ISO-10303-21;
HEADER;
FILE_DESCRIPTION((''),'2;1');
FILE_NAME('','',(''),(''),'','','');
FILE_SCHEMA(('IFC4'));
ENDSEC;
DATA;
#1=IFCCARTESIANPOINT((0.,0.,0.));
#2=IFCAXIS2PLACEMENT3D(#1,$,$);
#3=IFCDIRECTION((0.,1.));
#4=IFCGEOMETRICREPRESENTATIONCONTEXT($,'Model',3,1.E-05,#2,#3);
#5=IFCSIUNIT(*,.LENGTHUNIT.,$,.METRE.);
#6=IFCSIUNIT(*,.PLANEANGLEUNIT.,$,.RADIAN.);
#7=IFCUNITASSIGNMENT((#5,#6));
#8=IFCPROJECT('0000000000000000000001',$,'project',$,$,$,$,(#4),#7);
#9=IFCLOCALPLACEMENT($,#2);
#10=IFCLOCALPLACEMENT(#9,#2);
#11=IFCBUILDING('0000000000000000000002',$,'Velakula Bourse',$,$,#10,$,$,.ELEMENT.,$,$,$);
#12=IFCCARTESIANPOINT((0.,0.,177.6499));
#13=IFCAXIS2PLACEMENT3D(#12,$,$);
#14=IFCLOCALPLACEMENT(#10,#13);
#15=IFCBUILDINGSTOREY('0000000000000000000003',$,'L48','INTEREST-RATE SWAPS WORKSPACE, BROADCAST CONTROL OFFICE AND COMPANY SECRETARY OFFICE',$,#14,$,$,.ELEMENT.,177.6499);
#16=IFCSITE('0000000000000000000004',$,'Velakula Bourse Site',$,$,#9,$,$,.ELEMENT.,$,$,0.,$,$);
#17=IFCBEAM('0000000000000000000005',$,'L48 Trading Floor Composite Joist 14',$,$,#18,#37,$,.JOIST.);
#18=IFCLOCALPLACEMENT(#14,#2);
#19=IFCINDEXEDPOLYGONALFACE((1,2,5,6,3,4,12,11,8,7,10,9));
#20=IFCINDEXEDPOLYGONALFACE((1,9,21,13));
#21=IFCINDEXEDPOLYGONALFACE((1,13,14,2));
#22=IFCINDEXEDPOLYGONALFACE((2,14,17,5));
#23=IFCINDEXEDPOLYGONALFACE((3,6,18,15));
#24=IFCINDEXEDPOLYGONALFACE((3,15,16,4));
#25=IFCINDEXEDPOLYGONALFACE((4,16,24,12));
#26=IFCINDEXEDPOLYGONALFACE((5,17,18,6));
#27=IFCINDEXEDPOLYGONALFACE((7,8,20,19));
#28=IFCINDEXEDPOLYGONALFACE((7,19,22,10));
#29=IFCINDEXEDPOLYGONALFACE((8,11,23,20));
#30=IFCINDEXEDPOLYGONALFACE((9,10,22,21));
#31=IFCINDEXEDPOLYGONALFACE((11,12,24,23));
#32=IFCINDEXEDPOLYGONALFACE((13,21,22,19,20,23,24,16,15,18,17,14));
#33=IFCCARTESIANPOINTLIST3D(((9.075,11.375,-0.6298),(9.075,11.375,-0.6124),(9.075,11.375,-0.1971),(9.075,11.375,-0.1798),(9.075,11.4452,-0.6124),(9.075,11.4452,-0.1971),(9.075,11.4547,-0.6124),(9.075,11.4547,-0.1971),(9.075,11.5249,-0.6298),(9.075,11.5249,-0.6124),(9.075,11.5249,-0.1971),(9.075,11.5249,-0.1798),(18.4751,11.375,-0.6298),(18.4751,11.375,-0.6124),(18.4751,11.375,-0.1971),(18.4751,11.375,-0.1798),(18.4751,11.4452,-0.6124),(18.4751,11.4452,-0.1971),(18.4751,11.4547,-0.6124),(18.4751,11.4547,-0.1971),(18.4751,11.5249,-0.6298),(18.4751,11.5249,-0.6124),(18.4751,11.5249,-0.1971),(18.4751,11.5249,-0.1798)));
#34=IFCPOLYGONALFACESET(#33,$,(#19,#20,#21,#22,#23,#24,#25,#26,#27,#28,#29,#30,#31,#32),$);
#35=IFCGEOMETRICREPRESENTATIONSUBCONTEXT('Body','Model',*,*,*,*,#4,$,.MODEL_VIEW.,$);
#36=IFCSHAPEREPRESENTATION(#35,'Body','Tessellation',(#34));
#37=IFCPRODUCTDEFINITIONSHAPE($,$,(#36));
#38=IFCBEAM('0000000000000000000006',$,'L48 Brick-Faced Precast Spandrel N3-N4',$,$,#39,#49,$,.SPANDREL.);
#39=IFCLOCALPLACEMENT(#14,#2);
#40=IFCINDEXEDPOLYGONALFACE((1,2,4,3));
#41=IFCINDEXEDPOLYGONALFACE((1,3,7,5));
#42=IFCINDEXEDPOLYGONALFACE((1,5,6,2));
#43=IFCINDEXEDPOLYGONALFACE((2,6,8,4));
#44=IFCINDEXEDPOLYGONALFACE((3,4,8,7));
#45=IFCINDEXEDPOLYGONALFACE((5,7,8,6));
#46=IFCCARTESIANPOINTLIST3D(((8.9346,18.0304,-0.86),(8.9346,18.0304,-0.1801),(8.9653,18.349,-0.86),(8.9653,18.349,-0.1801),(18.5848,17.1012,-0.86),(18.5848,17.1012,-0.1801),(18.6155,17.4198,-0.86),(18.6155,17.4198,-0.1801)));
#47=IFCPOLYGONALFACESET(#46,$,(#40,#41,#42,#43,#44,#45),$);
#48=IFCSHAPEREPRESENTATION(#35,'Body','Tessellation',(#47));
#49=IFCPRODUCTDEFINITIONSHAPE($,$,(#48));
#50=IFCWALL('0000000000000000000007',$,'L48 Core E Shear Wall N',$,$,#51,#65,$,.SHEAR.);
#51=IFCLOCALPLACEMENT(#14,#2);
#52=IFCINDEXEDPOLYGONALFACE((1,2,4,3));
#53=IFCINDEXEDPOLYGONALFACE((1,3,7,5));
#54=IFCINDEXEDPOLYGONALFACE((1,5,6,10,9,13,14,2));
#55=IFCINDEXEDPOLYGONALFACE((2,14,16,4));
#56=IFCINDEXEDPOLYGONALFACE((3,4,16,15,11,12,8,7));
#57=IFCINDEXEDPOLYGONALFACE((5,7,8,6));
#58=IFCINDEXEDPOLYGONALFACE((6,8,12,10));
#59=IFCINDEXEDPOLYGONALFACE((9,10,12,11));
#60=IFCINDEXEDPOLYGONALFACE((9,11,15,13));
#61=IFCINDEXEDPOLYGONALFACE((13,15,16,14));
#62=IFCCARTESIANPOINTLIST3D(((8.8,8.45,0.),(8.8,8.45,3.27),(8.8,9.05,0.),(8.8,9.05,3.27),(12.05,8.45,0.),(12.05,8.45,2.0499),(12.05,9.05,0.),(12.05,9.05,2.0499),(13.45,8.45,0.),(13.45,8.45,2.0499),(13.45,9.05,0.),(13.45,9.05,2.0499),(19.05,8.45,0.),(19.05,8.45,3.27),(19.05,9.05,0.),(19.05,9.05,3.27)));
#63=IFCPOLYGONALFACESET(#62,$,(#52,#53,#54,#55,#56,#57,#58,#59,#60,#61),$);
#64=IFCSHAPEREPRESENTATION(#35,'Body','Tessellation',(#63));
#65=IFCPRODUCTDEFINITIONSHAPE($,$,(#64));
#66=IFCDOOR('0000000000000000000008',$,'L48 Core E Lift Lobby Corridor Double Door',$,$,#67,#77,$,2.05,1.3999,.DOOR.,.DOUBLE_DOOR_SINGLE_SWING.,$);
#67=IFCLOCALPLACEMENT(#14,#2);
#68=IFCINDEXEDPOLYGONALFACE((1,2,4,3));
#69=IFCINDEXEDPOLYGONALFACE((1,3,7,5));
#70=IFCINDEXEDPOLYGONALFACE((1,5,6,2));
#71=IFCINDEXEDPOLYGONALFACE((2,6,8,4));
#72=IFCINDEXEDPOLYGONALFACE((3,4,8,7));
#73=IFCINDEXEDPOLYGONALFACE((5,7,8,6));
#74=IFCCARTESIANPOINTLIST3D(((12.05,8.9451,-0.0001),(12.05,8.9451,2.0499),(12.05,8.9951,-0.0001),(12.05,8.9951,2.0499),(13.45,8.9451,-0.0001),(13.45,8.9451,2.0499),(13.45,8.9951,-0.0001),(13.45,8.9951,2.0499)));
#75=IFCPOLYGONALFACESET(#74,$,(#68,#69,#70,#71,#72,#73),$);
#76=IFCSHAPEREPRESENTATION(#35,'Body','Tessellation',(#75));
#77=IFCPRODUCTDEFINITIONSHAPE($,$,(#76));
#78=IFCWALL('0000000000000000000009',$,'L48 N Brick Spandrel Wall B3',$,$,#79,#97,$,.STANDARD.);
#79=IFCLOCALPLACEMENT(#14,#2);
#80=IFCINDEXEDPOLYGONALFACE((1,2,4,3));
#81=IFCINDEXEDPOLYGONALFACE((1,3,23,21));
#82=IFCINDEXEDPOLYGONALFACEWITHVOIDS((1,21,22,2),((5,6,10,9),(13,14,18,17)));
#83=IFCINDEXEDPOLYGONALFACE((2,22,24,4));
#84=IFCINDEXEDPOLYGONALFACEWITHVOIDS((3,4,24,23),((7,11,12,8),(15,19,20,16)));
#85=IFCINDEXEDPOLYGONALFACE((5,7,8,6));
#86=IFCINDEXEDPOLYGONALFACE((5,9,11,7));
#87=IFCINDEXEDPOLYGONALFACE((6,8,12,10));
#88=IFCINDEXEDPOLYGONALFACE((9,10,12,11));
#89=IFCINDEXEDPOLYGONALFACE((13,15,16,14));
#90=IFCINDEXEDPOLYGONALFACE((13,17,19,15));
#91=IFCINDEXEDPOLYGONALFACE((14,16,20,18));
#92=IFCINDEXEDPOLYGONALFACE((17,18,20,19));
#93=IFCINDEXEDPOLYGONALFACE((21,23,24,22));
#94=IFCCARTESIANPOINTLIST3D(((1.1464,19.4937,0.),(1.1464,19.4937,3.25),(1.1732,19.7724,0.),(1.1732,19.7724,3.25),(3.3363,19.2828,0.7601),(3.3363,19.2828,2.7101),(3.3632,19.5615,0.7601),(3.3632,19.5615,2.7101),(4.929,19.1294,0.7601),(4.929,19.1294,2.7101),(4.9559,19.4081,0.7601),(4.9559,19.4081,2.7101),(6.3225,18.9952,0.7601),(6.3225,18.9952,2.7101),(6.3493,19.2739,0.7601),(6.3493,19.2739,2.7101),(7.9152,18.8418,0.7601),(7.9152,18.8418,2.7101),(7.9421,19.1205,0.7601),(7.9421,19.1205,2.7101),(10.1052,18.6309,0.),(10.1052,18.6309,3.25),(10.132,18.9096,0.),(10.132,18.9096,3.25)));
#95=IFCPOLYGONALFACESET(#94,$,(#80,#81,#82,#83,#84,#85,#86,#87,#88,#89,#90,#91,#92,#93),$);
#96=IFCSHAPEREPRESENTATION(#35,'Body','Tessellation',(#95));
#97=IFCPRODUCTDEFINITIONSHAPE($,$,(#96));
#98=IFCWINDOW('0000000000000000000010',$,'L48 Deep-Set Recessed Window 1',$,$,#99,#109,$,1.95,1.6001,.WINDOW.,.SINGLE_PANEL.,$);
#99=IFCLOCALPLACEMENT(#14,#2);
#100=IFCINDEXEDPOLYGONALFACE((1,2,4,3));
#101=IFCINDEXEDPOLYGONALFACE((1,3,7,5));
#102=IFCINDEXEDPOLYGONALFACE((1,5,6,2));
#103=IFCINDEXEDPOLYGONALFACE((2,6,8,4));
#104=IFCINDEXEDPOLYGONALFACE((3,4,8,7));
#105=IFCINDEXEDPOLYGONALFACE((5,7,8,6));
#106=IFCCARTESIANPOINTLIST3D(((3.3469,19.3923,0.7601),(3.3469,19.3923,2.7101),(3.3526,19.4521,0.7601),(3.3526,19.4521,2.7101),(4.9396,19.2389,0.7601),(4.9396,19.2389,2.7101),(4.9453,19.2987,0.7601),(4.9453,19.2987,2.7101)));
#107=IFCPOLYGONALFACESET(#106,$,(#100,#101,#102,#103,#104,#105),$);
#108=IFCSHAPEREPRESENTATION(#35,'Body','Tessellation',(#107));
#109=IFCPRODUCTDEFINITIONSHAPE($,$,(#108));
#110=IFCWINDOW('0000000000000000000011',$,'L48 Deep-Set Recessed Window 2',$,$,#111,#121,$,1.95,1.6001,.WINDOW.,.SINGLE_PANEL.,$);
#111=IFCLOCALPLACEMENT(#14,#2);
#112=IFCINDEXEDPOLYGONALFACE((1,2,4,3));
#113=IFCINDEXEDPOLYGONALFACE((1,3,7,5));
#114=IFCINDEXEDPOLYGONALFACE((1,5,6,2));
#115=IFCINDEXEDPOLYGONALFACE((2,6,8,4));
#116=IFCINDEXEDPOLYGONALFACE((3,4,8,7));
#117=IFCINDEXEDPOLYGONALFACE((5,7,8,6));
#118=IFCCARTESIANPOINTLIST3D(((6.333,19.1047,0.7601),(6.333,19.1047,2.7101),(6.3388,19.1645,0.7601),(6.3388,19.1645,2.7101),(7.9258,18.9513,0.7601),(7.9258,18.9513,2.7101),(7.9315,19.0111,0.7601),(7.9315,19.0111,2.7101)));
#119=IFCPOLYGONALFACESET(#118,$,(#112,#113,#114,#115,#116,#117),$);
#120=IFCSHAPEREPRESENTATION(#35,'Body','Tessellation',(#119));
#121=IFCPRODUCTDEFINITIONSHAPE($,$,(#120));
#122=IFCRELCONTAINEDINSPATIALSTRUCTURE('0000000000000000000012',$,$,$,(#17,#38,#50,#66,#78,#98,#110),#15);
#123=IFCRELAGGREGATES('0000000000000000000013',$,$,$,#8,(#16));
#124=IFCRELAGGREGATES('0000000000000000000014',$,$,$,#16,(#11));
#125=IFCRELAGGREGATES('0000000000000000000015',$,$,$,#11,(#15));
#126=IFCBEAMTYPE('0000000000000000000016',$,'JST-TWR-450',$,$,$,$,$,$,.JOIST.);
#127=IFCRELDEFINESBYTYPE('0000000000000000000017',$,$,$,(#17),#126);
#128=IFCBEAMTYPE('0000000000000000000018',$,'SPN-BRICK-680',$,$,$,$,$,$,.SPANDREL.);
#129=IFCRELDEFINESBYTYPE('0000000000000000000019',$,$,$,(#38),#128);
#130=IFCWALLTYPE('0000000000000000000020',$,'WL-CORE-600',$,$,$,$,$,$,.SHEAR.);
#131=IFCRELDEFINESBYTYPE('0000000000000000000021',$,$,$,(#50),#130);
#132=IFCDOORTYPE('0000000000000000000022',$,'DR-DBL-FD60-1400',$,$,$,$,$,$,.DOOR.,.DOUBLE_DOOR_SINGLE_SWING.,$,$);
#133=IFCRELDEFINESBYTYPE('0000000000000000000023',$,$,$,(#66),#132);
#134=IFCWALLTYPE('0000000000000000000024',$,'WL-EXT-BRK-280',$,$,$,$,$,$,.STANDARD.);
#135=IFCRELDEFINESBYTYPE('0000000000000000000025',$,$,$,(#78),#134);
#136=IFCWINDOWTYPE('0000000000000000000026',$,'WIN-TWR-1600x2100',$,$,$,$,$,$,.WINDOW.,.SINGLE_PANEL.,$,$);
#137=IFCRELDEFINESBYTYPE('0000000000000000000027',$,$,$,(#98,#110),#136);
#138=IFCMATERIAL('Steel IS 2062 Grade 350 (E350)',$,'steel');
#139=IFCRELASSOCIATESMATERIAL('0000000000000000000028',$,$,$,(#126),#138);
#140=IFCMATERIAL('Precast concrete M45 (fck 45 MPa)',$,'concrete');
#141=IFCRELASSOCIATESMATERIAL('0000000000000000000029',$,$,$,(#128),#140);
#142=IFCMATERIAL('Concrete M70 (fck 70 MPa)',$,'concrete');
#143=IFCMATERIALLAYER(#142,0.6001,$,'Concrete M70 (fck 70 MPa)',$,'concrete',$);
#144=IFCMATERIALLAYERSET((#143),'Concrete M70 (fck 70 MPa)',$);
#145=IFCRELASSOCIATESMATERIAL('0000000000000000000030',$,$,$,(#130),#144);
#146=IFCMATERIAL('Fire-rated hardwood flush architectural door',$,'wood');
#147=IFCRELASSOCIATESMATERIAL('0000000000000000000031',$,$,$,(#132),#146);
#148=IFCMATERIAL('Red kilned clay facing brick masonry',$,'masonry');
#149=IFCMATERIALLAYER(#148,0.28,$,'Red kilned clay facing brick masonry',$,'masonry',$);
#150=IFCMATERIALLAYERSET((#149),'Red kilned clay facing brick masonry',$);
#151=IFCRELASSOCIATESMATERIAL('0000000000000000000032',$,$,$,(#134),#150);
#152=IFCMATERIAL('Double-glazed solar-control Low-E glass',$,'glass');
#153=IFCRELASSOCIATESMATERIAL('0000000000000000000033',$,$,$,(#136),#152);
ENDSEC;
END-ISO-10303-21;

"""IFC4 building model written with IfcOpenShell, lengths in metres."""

from ifc_helpers import new_model, si_unit, direction, frame, frame_2d, origin, origin_2d, place, context, subcontext, project, spatial, rectangle, i_section, extrude, material, layer, layer_set, material_profile, profile_set, type_object, element, fill, save


model = new_model("IFC4")

# Units and contexts
model_context = context("Model", 3, precision=1e-05, world=origin(), true_north=direction((0.0, 1.0)))
body_context = subcontext(model_context, "Body", "Model", "MODEL_VIEW")
ifc_project = project(units=[si_unit("LENGTHUNIT", "METRE"), si_unit("PLANEANGLEUNIT", "RADIAN")], contexts=[model_context])

# Site, building, storey
site_placement = place(None, origin())
site = spatial("IfcSite", under=ifc_project, at=site_placement, Name="Velakula Bourse Site", CompositionType="ELEMENT", RefElevation=0.0)
building_placement = place(site_placement, origin())
building = spatial("IfcBuilding", under=site, at=building_placement, Name="Velakula Bourse", CompositionType="ELEMENT")
storey_placement = place(building_placement, frame((0.0, 0.0, 177.6499)))
storey = spatial("IfcBuildingStorey", under=building, at=storey_placement, Name="L48", Description="INTEREST-RATE SWAPS WORKSPACE, BROADCAST CONTROL OFFICE AND COMPANY SECRETARY OFFICE", CompositionType="ELEMENT", Elevation=177.6499)

# Shared definitions
ifc_material_1 = material(Name="Concrete M70 (fck 70 MPa)", Category="concrete")
ifc_material_2 = material(Name="Steel IS 2062 Grade 350 (E350)", Category="steel")

# Beams
ifc_material_profile_1 = material_profile(ifc_material_2, i_section(OverallWidth=0.1499, OverallDepth=0.45, WebThickness=0.0095, FlangeThickness=0.0173, at=origin_2d()), Name="Steel IS 2062 Grade 350 (E350)")
ifc_profile_set_1 = profile_set([ifc_material_profile_1], Name="Steel IS 2062 Grade 350 (E350)")
beam_type_1 = type_object("IfcBeamType", Name="JST-TWR-450", PredefinedType="JOIST", material=ifc_profile_set_1)
beam_1_placement = place(storey_placement, frame((9.075, 11.45, -0.4048), z_axis=(1.0, 0.0, 0.0), x_axis=(0.0, 1.0, 0.0)))
element("IfcBeam", 1, at=beam_1_placement, inside=storey, type_object=beam_type_1, Name="L48 Trading Floor Composite Joist 14", PredefinedType="JOIST", context=body_context, shape_type="SweptSolid", body=[
    extrude(i_section(OverallWidth=0.1499, OverallDepth=0.45, WebThickness=0.0095, FlangeThickness=0.0173, at=origin_2d()), origin(), (0.0, 0.0, 1.0), 9.4001),
])
ifc_material_3 = material(Name="Precast concrete M45 (fck 45 MPa)", Category="concrete")
ifc_material_profile_2 = material_profile(ifc_material_3, rectangle(XDim=0.3201, YDim=0.6799, at=origin_2d()), Name="Precast concrete M45 (fck 45 MPa)")
ifc_profile_set_2 = profile_set([ifc_material_profile_2], Name="Precast concrete M45 (fck 45 MPa)")
beam_type_2 = type_object("IfcBeamType", Name="SPN-BRICK-680", PredefinedType="SPANDREL", material=ifc_profile_set_2)
beam_2_placement = place(storey_placement, frame((8.95, 18.1897, -0.52), z_axis=(0.995396, -0.095845, 0.0), x_axis=(0.095845, 0.995396, 0.0)))
element("IfcBeam", 2, at=beam_2_placement, inside=storey, type_object=beam_type_2, Name="L48 Brick-Faced Precast Spandrel N3-N4", PredefinedType="SPANDREL", context=body_context, shape_type="SweptSolid", body=[
    extrude(rectangle(XDim=0.3201, YDim=0.6799, at=origin_2d()), origin(), (0.0, 0.0, 1.0), 9.6948),
])

# Wall, opening, door
ifc_layer_1 = layer(ifc_material_1, 0.6001, Name="Concrete M70 (fck 70 MPa)", Category="concrete")
ifc_layer_set_1 = layer_set([ifc_layer_1], Name="Concrete M70 (fck 70 MPa)")
wall_type_1 = type_object("IfcWallType", Name="WL-CORE-600", PredefinedType="SHEAR", material=ifc_layer_set_1)
wall_1_placement = place(storey_placement, frame((8.8, 8.75, 0.0), z_axis=(0.0, 0.0, 1.0), x_axis=(1.0, 0.0, 0.0)))
wall_1 = element("IfcWall", 3, at=wall_1_placement, inside=storey, type_object=wall_type_1, Name="L48 Core E Shear Wall N", PredefinedType="SHEAR", context=body_context, shape_type="SweptSolid", body=[
    extrude(rectangle(XDim=10.25, YDim=0.6001, at=frame_2d((5.125, 0.0))), origin(), (0.0, 0.0, 1.0), 3.27),
])
opening_1_placement = place(wall_1_placement, frame((3.25, 0.0, 0.0)))
opening_1 = element("IfcOpeningElement", 4, at=opening_1_placement, cuts=wall_1, PredefinedType="OPENING", context=body_context, shape_type="SweptSolid", body=[
    extrude(rectangle(XDim=1.3999, YDim=2.05, at=frame_2d((0.7, 1.0249))), frame((0.0, 0.3101, 0.0), z_axis=(0.0, -1.0, 0.0), x_axis=(1.0, 0.0, 0.0)), (0.0, 0.0, 1.0), 0.6201),
])
ifc_material_4 = material(Name="Fire-rated hardwood flush architectural door", Category="wood")
door_type = type_object("IfcDoorType", Name="DR-DBL-FD60-1400", OperationType="DOUBLE_DOOR_SINGLE_SWING", PredefinedType="DOOR", material=ifc_material_4)
door_placement = place(opening_1_placement, origin())
door = element("IfcDoor", 5, at=door_placement, inside=storey, type_object=door_type, Name="L48 Core E Lift Lobby Corridor Double Door", OperationType="DOUBLE_DOOR_SINGLE_SWING", OverallHeight=2.05, OverallWidth=1.3999, PredefinedType="DOOR", context=body_context, shape_type="SweptSolid", body=[
    extrude(rectangle(XDim=1.3999, YDim=2.05, at=frame_2d((0.7, 1.0249))), frame((0.0, 0.2451, 0.0), z_axis=(0.0, -1.0, 0.0), x_axis=(1.0, 0.0, 0.0)), (0.0, 0.0, 1.0), 0.05),
])
fill(opening_1, door)

# Wall, openings, windows
ifc_material_5 = material(Name="Red kilned clay facing brick masonry", Category="masonry")
ifc_layer_2 = layer(ifc_material_5, 0.28, Name="Red kilned clay facing brick masonry", Category="masonry")
ifc_layer_set_2 = layer_set([ifc_layer_2], Name="Red kilned clay facing brick masonry")
wall_type_2 = type_object("IfcWallType", Name="WL-EXT-BRK-280", PredefinedType="STANDARD", material=ifc_layer_set_2)
wall_2_placement = place(storey_placement, frame((1.1599, 19.6331, 0.0), z_axis=(0.0, 0.0, 1.0), x_axis=(0.995394, -0.095864, 0.0)))
wall_2 = element("IfcWall", 6, at=wall_2_placement, inside=storey, type_object=wall_type_2, Name="L48 N Brick Spandrel Wall B3", PredefinedType="STANDARD", context=body_context, shape_type="SweptSolid", body=[
    extrude(rectangle(XDim=9.0002, YDim=0.28, at=frame_2d((4.5, 0.0))), origin(), (0.0, 0.0, 1.0), 3.25),
])
opening_2_placement = place(wall_2_placement, frame((2.2, 0.0, 0.76)))
opening_2 = element("IfcOpeningElement", 7, at=opening_2_placement, cuts=wall_2, PredefinedType="OPENING", context=body_context, shape_type="SweptSolid", body=[
    extrude(rectangle(XDim=1.6001, YDim=1.95, at=frame_2d((0.8, 0.9751))), frame((0.0, 0.1499, 0.0), z_axis=(0.0, -1.0, 0.0), x_axis=(1.0, 0.0, 0.0)), (0.0, 0.0, 1.0), 0.3),
])
opening_3_placement = place(wall_2_placement, frame((5.2, 0.0, 0.76)))
opening_3 = element("IfcOpeningElement", 8, at=opening_3_placement, cuts=wall_2, PredefinedType="OPENING", context=body_context, shape_type="SweptSolid", body=[
    extrude(rectangle(XDim=1.6001, YDim=1.95, at=frame_2d((0.8, 0.9751))), frame((0.0, 0.1499, 0.0), z_axis=(0.0, -1.0, 0.0), x_axis=(1.0, 0.0, 0.0)), (0.0, 0.0, 1.0), 0.3),
])
ifc_material_6 = material(Name="Double-glazed solar-control Low-E glass", Category="glass")
window_type = type_object("IfcWindowType", Name="WIN-TWR-1600x2100", PartitioningType="SINGLE_PANEL", PredefinedType="WINDOW", material=ifc_material_6)
window_1_placement = place(opening_2_placement, origin())
window_1 = element("IfcWindow", 9, at=window_1_placement, inside=storey, type_object=window_type, Name="L48 Deep-Set Recessed Window 1", OverallHeight=1.95, OverallWidth=1.6001, PartitioningType="SINGLE_PANEL", PredefinedType="WINDOW", context=body_context, shape_type="SweptSolid", body=[
    extrude(rectangle(XDim=1.6001, YDim=1.95, at=frame_2d((0.8, 0.9751))), frame((0.0, 0.03, 0.0), z_axis=(0.0, -1.0, 0.0), x_axis=(1.0, 0.0, 0.0)), (0.0, 0.0, 1.0), 0.0601),
])
fill(opening_2, window_1)
window_2_placement = place(opening_3_placement, origin())
window_2 = element("IfcWindow", 10, at=window_2_placement, inside=storey, type_object=window_type, Name="L48 Deep-Set Recessed Window 2", OverallHeight=1.95, OverallWidth=1.6001, PartitioningType="SINGLE_PANEL", PredefinedType="WINDOW", context=body_context, shape_type="SweptSolid", body=[
    extrude(rectangle(XDim=1.6001, YDim=1.95, at=frame_2d((0.8, 0.9751))), frame((0.0, 0.03, 0.0), z_axis=(0.0, -1.0, 0.0), x_axis=(1.0, 0.0, 0.0)), (0.0, 0.0, 1.0), 0.0601),
])
fill(opening_3, window_2)

save(model, "model.ifc")
